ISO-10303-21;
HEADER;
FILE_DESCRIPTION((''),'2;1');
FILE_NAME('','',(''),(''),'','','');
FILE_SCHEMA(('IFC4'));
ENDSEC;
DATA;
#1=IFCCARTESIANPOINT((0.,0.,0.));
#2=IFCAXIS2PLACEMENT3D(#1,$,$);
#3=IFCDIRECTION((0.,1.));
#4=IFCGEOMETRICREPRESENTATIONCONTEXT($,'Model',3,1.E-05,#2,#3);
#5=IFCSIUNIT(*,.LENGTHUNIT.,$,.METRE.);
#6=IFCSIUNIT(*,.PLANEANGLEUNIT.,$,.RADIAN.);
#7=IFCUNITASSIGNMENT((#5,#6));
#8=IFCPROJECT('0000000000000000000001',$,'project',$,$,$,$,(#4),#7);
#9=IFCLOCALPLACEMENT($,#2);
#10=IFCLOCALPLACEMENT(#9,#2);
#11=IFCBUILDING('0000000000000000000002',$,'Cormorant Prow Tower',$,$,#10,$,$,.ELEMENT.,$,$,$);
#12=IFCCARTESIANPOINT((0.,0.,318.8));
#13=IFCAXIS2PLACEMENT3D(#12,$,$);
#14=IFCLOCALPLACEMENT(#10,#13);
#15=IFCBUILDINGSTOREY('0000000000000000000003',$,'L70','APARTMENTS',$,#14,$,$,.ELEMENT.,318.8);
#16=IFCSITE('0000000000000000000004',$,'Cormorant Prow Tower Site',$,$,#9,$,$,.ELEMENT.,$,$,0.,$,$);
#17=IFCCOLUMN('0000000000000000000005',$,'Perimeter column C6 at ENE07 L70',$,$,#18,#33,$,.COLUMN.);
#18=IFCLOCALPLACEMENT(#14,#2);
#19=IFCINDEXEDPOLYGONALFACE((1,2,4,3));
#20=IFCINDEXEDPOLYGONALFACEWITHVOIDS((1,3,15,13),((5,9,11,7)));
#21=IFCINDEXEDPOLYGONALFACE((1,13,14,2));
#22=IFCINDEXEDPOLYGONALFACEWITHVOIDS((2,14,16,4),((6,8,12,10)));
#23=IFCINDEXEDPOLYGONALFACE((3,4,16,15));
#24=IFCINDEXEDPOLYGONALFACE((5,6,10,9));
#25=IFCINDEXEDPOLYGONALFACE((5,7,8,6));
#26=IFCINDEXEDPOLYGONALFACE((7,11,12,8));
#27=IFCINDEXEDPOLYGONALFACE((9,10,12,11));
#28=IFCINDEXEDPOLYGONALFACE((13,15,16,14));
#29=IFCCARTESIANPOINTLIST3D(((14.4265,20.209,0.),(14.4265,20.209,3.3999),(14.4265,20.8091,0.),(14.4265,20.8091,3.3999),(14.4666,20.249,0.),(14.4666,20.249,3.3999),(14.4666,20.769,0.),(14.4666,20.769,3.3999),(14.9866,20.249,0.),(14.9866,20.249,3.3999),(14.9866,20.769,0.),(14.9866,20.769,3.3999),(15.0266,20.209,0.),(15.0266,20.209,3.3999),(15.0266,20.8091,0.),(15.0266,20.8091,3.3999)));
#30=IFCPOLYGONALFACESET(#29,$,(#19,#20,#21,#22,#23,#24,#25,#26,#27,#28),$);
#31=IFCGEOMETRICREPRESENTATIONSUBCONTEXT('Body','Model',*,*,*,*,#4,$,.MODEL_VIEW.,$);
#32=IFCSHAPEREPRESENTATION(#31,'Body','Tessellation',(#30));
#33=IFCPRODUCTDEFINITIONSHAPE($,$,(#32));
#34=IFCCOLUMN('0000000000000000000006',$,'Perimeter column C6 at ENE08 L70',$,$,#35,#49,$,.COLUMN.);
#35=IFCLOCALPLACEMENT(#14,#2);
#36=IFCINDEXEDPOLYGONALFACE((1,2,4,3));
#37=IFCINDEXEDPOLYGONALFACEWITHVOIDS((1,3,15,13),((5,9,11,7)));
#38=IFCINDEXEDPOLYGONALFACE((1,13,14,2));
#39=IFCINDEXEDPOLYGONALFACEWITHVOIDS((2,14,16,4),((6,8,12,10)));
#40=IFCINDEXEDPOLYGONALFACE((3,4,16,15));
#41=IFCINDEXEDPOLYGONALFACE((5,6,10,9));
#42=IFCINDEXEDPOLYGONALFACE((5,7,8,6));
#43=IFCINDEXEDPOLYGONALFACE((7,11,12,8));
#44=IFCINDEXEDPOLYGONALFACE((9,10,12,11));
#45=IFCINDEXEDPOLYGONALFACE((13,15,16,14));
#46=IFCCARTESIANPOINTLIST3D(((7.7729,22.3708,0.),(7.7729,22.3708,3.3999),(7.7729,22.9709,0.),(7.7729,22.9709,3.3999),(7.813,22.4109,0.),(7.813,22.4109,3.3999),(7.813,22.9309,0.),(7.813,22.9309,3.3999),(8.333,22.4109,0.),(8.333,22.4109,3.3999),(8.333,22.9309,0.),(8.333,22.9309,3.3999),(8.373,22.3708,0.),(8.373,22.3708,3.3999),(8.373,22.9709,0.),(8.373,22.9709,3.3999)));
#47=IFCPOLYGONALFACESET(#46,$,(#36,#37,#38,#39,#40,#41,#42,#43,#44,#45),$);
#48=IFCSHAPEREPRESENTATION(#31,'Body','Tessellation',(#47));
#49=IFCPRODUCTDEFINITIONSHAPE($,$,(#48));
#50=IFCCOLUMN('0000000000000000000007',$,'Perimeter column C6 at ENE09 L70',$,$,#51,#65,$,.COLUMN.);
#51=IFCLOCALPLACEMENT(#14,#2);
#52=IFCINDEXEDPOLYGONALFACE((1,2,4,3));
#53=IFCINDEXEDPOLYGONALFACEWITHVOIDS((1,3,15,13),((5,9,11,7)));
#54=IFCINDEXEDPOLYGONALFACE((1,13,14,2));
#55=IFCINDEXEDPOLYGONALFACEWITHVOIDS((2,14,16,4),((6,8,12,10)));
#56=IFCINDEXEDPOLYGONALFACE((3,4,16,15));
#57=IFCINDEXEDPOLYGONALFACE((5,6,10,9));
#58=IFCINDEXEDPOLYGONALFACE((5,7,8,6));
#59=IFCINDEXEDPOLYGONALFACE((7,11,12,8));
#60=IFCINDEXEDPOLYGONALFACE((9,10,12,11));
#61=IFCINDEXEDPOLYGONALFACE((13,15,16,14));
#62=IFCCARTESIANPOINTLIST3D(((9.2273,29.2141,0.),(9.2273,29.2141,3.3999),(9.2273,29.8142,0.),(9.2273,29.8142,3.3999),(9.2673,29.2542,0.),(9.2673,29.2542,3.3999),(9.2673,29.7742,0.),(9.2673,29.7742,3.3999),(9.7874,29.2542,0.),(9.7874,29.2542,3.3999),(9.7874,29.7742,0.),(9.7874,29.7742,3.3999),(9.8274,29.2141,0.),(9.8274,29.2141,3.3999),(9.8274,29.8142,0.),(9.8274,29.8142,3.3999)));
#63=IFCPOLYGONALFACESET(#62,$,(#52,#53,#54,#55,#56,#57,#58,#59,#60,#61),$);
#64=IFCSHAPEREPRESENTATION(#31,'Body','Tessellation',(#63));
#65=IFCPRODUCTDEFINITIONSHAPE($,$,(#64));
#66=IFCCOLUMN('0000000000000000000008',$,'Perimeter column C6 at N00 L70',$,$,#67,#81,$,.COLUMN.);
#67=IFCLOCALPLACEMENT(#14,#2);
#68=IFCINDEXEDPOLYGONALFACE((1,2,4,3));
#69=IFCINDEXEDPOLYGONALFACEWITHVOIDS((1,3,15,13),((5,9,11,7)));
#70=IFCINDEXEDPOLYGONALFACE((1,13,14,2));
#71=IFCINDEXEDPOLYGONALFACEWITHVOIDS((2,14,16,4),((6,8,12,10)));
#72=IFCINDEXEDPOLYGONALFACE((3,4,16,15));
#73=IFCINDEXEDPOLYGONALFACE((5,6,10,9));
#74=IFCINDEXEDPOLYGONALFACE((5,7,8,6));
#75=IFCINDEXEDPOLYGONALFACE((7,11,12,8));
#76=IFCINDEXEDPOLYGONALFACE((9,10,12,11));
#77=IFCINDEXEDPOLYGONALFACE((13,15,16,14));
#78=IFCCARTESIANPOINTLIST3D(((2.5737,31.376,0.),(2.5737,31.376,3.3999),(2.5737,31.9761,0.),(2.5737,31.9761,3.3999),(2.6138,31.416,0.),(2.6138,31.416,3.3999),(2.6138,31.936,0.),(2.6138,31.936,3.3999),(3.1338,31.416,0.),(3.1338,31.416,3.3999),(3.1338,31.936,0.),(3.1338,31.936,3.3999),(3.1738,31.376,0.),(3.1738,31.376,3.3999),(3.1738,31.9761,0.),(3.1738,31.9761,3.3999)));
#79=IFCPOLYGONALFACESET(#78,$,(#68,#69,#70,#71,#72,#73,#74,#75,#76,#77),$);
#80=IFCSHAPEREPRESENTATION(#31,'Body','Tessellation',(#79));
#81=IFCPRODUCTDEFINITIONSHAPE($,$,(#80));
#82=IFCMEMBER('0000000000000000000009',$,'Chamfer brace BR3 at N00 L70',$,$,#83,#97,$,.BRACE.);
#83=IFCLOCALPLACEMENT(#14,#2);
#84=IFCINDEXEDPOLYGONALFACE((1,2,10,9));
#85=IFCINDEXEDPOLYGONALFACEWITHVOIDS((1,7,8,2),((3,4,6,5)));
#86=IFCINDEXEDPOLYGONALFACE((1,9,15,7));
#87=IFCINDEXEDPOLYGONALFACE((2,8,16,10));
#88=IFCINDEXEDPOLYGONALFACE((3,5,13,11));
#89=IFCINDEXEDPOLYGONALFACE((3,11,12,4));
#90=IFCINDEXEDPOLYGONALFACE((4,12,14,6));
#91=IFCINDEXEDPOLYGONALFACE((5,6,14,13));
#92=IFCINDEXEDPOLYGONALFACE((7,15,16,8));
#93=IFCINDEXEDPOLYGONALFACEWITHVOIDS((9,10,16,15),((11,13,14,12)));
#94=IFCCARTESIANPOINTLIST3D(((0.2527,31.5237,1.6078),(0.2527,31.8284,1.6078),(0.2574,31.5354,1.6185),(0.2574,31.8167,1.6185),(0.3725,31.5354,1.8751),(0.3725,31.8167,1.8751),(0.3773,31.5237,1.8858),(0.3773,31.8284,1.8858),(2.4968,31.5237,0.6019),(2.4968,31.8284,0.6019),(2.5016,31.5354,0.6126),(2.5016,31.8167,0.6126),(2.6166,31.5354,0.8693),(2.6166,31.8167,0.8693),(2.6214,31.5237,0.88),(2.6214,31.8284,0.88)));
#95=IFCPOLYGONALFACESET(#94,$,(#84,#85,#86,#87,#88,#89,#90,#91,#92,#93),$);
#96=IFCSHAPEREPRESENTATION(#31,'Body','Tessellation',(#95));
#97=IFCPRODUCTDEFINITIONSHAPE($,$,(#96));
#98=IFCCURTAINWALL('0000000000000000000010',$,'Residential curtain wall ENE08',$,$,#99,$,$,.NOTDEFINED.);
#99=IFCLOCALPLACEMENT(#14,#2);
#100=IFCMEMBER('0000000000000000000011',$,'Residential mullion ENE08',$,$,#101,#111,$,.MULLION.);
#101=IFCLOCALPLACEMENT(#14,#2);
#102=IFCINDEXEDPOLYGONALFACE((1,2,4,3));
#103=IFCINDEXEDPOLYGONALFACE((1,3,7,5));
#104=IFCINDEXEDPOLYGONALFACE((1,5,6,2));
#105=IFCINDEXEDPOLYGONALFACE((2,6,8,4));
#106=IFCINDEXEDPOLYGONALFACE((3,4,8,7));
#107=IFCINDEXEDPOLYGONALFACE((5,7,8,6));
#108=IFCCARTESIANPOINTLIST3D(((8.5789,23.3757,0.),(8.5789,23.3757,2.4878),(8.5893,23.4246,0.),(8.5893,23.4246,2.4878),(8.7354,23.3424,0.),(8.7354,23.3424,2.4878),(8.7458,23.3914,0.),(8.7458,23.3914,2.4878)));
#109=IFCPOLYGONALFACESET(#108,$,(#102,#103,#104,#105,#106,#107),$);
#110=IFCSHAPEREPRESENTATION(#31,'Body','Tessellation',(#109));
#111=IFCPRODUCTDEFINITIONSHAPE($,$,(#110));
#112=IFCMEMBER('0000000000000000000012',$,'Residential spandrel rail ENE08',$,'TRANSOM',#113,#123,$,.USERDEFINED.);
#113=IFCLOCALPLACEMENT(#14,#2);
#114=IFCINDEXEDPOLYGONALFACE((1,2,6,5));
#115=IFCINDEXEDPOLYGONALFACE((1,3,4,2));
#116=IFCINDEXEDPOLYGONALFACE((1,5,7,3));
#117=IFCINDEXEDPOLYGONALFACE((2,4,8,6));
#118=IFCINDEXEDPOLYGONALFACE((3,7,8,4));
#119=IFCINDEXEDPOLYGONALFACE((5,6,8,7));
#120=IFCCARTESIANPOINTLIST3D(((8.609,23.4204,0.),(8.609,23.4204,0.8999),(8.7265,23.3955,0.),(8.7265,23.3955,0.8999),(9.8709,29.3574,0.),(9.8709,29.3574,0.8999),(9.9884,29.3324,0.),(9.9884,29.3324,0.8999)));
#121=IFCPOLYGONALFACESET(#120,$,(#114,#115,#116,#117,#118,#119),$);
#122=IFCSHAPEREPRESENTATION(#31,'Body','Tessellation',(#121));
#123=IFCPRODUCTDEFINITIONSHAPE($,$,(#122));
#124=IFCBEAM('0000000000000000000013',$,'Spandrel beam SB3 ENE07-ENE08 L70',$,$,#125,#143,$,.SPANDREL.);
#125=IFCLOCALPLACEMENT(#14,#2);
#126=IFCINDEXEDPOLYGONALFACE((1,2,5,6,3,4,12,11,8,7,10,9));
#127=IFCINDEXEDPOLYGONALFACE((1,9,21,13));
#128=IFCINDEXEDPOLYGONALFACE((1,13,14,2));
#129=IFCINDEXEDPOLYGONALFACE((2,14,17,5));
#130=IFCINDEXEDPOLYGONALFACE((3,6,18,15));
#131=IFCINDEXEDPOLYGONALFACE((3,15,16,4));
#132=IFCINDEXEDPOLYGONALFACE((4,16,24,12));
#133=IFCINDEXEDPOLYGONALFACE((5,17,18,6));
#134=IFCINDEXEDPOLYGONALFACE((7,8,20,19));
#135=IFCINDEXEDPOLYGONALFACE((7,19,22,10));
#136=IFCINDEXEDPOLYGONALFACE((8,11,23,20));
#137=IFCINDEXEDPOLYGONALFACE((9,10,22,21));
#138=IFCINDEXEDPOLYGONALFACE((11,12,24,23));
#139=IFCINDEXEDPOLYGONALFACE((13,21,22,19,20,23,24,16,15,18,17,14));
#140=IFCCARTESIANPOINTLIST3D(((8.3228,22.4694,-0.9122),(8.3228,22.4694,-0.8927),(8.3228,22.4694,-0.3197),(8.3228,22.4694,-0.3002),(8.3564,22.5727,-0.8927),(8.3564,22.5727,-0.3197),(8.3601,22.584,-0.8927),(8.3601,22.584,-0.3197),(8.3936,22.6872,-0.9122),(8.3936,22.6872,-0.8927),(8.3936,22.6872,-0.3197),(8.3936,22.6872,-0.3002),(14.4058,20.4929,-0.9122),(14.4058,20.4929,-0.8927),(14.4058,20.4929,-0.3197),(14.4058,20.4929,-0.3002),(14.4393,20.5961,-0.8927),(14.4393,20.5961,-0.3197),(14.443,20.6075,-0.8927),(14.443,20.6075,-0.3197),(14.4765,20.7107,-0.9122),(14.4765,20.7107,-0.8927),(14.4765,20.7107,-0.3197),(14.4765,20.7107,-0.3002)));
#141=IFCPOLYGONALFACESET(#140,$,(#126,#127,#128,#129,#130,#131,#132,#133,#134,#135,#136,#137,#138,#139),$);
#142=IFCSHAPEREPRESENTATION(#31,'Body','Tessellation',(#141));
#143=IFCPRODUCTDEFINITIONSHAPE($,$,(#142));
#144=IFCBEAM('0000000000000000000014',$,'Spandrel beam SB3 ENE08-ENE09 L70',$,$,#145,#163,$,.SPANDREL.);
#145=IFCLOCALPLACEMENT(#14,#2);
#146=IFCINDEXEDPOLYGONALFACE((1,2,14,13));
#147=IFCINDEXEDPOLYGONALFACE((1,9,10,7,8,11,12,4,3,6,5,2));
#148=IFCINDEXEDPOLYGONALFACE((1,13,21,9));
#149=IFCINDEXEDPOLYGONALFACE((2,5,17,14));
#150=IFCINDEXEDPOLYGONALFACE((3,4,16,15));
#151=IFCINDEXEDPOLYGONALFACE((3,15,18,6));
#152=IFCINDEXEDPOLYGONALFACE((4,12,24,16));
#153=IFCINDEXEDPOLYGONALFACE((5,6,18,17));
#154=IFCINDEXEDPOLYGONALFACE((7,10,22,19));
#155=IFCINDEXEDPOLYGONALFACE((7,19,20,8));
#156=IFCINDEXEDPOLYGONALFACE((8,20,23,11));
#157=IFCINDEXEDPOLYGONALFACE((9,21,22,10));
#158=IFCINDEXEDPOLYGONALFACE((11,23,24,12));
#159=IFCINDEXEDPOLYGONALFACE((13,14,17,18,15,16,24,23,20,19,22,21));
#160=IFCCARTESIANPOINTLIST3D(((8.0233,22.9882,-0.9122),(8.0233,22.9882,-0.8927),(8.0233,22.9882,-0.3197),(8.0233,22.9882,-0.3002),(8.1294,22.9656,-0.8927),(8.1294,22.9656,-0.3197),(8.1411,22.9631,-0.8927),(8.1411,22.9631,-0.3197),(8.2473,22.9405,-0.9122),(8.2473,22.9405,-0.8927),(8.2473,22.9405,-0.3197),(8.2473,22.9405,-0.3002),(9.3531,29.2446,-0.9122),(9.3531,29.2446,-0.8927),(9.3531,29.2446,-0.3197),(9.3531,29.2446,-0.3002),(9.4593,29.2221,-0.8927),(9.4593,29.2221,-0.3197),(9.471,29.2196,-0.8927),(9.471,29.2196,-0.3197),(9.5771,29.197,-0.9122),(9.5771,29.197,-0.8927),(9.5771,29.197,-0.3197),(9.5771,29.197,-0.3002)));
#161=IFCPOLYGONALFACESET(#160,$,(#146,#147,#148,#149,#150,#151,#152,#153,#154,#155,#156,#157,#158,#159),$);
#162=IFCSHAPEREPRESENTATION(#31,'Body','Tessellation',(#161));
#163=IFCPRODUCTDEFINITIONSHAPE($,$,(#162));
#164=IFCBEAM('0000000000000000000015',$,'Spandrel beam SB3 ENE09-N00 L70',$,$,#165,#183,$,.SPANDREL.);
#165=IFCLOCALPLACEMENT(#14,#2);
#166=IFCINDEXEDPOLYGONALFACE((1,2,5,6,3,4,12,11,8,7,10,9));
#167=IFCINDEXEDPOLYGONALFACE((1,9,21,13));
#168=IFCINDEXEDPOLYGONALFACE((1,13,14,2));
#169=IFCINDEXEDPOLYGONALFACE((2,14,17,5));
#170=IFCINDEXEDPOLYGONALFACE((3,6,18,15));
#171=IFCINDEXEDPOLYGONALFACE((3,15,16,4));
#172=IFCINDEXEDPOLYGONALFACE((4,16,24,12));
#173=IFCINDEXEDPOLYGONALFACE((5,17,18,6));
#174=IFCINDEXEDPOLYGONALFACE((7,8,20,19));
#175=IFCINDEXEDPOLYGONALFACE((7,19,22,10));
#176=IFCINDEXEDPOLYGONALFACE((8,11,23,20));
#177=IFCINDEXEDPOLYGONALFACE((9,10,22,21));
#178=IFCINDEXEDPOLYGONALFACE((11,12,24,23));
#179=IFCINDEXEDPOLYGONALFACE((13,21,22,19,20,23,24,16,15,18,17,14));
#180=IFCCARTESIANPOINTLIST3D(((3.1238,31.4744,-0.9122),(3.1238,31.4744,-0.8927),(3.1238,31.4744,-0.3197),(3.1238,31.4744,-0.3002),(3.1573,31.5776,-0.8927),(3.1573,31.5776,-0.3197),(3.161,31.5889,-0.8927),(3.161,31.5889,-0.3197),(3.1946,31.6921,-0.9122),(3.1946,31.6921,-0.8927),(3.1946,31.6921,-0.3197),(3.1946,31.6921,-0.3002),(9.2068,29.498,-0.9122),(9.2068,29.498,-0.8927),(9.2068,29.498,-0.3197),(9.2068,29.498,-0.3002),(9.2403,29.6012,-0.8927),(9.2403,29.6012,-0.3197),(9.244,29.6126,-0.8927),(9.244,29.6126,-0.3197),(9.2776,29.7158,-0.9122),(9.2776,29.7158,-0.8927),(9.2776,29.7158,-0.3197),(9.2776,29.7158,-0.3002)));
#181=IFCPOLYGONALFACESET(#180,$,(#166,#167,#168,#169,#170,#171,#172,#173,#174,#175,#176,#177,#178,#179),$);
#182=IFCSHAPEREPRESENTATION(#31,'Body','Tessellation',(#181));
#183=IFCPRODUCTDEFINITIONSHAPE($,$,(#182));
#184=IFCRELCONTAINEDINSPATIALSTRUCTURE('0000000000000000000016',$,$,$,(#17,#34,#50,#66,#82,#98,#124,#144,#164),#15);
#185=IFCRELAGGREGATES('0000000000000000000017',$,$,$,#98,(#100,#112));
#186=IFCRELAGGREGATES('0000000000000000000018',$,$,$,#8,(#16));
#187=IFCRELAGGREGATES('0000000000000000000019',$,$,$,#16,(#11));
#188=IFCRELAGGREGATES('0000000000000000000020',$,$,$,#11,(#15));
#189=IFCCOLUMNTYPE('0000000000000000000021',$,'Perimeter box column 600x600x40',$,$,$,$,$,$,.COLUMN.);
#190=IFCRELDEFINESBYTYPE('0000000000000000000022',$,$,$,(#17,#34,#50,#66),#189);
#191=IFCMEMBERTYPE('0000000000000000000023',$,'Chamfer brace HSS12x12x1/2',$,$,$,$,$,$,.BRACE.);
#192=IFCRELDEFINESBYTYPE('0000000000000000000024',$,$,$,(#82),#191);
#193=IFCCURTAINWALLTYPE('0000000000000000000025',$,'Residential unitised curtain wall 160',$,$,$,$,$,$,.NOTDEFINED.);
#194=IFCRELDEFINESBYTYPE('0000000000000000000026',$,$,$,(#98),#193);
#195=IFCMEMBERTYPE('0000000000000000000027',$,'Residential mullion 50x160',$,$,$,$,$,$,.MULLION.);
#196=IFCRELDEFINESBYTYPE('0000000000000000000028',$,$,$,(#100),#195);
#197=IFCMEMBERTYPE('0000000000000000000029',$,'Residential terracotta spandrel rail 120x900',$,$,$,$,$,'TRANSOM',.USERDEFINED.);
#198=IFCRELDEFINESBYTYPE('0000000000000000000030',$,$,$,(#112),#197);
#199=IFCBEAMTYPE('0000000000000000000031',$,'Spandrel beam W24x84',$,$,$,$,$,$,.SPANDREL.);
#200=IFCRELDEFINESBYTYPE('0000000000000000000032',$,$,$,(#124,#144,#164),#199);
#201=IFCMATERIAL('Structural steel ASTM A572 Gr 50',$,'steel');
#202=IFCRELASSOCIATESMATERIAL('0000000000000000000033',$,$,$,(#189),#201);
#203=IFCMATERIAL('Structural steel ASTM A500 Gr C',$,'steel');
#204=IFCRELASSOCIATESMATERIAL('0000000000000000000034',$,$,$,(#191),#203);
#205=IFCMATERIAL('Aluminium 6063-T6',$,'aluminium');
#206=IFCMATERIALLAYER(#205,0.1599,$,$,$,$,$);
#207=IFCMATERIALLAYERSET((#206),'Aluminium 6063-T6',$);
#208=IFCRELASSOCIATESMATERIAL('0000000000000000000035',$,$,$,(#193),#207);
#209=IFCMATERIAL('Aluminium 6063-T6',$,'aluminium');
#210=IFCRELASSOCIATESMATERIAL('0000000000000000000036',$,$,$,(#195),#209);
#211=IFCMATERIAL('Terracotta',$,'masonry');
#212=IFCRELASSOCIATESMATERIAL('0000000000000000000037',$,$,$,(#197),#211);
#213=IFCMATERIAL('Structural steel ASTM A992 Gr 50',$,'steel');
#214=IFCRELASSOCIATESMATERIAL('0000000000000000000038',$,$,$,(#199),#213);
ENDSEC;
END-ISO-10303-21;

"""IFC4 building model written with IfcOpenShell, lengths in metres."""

from ifc_helpers import new_model, si_unit, direction, frame, origin, origin_2d, place, context, subcontext, project, spatial, rectangle, hollow_rectangle, i_section, extrude, material, layer, layer_set, material_profile, profile_set, type_object, element, aggregate, save


model = new_model("IFC4")

# Units and contexts
model_context = context("Model", 3, precision=1e-05, world=origin(), true_north=direction((0.0, 1.0)))
body_context = subcontext(model_context, "Body", "Model", "MODEL_VIEW")
ifc_project = project(units=[si_unit("LENGTHUNIT", "METRE"), si_unit("PLANEANGLEUNIT", "RADIAN")], contexts=[model_context])

# Site, building, storey
site_placement = place(None, origin())
site = spatial("IfcSite", under=ifc_project, at=site_placement, Name="Cormorant Prow Tower Site", CompositionType="ELEMENT", RefElevation=0.0)
building_placement = place(site_placement, origin())
building = spatial("IfcBuilding", under=site, at=building_placement, Name="Cormorant Prow Tower", CompositionType="ELEMENT")
storey_placement = place(building_placement, frame((0.0, 0.0, 318.8)))
storey = spatial("IfcBuildingStorey", under=building, at=storey_placement, Name="L70", Description="APARTMENTS", CompositionType="ELEMENT", Elevation=318.8)

# Columns
ifc_material_1 = material(Name="Structural steel ASTM A572 Gr 50", Category="steel")
ifc_material_profile_1 = material_profile(ifc_material_1, hollow_rectangle(XDim=0.6001, YDim=0.6001, WallThickness=0.04, at=origin_2d()), Name="Box 600x600x40")
ifc_profile_set_1 = profile_set([ifc_material_profile_1], Name="Structural steel ASTM A572 Gr 50")
column_type = type_object("IfcColumnType", Name="Perimeter box column 600x600x40", PredefinedType="COLUMN", material=ifc_profile_set_1)
for number, where, z_axis, x_axis, name in (
    (1, (14.7266, 20.509, 0.0), (0.0, 0.0, 1.0), (1.0, 0.0, 0.0), "Perimeter column C6 at ENE07 L70"),
    (2, (8.073, 22.6709, 0.0), (0.0, 0.0, 1.0), (1.0, 0.0, 0.0), "Perimeter column C6 at ENE08 L70"),
    (3, (9.5273, 29.5142, 0.0), (0.0, 0.0, 1.0), (1.0, 0.0, 0.0), "Perimeter column C6 at ENE09 L70"),
    (4, (2.8738, 31.676, 0.0), (0.0, 0.0, 1.0), (1.0, 0.0, 0.0), "Perimeter column C6 at N00 L70"),
):
    element("IfcColumn", number, at=place(storey_placement, frame(where, z_axis=z_axis, x_axis=x_axis)), inside=storey, type_object=column_type, Name=name, PredefinedType="COLUMN", context=body_context, shape_type="SweptSolid", body=[
        extrude(hollow_rectangle(XDim=0.6001, YDim=0.6001, WallThickness=0.04, at=origin_2d()), origin(), (0.0, 0.0, 1.0), 3.3999),
    ])

# Member
ifc_material_2 = material(Name="Structural steel ASTM A500 Gr C", Category="steel")
ifc_material_profile_2 = material_profile(ifc_material_2, hollow_rectangle(XDim=0.3047, YDim=0.3047, WallThickness=0.0117, at=origin_2d()), Name="HSS12x12x1/2")
ifc_profile_set_2 = profile_set([ifc_material_profile_2], Name="Structural steel ASTM A500 Gr C")
member_type_1 = type_object("IfcMemberType", Name="Chamfer brace HSS12x12x1/2", PredefinedType="BRACE", material=ifc_profile_set_2)
member_1_placement = place(storey_placement, frame((2.5591, 31.676, 0.741), z_axis=(-0.91253, 0.0, 0.40901), x_axis=(0.0, -1.0, 0.0)))
element("IfcMember", 5, at=member_1_placement, inside=storey, type_object=member_type_1, Name="Chamfer brace BR3 at N00 L70", PredefinedType="BRACE", context=body_context, shape_type="SweptSolid", body=[
    extrude(hollow_rectangle(XDim=0.3047, YDim=0.3047, WallThickness=0.0117, at=origin_2d()), origin(), (0.0, 0.0, 1.0), 2.4592),
])

# Curtain wall, members
ifc_material_3 = material(Name="Aluminium 6063-T6", Category="aluminium")
ifc_layer_1 = layer(ifc_material_3, 0.1599)
ifc_layer_set_1 = layer_set([ifc_layer_1], Name="Aluminium 6063-T6")
curtain_wall_type = type_object("IfcCurtainWallType", Name="Residential unitised curtain wall 160", PredefinedType="NOTDEFINED", material=ifc_layer_set_1)
curtain_wall_1_placement = place(storey_placement, origin())
curtain_wall_1 = element("IfcCurtainWall", 6, at=curtain_wall_1_placement, inside=storey, type_object=curtain_wall_type, Name="Residential curtain wall ENE08", PredefinedType="NOTDEFINED")
ifc_material_4 = material(Name="Aluminium 6063-T6", Category="aluminium")
ifc_material_profile_3 = material_profile(ifc_material_4, rectangle(XDim=0.1599, YDim=0.05, at=origin_2d()), Name="Residential mullion 50x160")
ifc_profile_set_3 = profile_set([ifc_material_profile_3], Name="Aluminium 6063-T6")
member_type_2 = type_object("IfcMemberType", Name="Residential mullion 50x160", PredefinedType="MULLION", material=ifc_profile_set_3)
member_2_placement = place(storey_placement, frame((8.6624, 23.3835, 0.0), z_axis=(0.0, 0.0, 1.0), x_axis=(-0.978148, 0.207912, 0.0)))
member_2 = element("IfcMember", 7, at=member_2_placement, type_object=member_type_2, Name="Residential mullion ENE08", PredefinedType="MULLION", context=body_context, shape_type="SweptSolid", body=[
    extrude(rectangle(XDim=0.1599, YDim=0.05, at=origin_2d()), origin(), (0.0, 0.0, 1.0), 2.4878),
])
ifc_material_5 = material(Name="Terracotta", Category="masonry")
ifc_material_profile_4 = material_profile(ifc_material_5, rectangle(XDim=0.1201, YDim=0.8999, at=origin_2d()), Name="Residential terracotta spandrel rail 120x900")
ifc_profile_set_4 = profile_set([ifc_material_profile_4], Name="Terracotta")
member_type_3 = type_object("IfcMemberType", Name="Residential terracotta spandrel rail 120x900", ElementType="TRANSOM", PredefinedType="USERDEFINED", material=ifc_profile_set_4)
member_3_placement = place(storey_placement, frame((8.6677, 23.408, 0.45), z_axis=(0.207914, 0.978147, 0.0), x_axis=(-0.978147, 0.207914, 0.0)))
member_3 = element("IfcMember", 8, at=member_3_placement, type_object=member_type_3, Name="Residential spandrel rail ENE08", ObjectType="TRANSOM", PredefinedType="USERDEFINED", context=body_context, shape_type="SweptSolid", body=[
    extrude(rectangle(XDim=0.1201, YDim=0.8999, at=origin_2d()), origin(), (0.0, 0.0, 1.0), 6.0696),
])

# Beams
ifc_material_6 = material(Name="Structural steel ASTM A992 Gr 50", Category="steel")
ifc_material_profile_5 = material_profile(ifc_material_6, i_section(OverallWidth=0.229, OverallDepth=0.6121, WebThickness=0.012, FlangeThickness=0.0195, at=origin_2d()), Name="W24x84")
ifc_profile_set_5 = profile_set([ifc_material_profile_5], Name="Structural steel ASTM A992 Gr 50")
beam_type = type_object("IfcBeamType", Name="Spandrel beam W24x84", PredefinedType="SPANDREL", material=ifc_profile_set_5)
beam_1_placement = place(storey_placement, frame((14.4412, 20.6018, -0.6062), z_axis=(-0.951053, 0.309027, 0.0), x_axis=(-0.309027, -0.951053, 0.0)))
element("IfcBeam", 9, at=beam_1_placement, inside=storey, type_object=beam_type, Name="Spandrel beam SB3 ENE07-ENE08 L70", PredefinedType="SPANDREL", context=body_context, shape_type="SweptSolid", body=[
    extrude(i_section(OverallWidth=0.229, OverallDepth=0.6121, WebThickness=0.012, FlangeThickness=0.0195, at=origin_2d()), origin(), (0.0, 0.0, 1.0), 6.396),
])
beam_2_placement = place(storey_placement, frame((8.1353, 22.9644, -0.6062), z_axis=(0.207913, 0.978147, 0.0), x_axis=(-0.978147, 0.207913, 0.0)))
element("IfcBeam", 10, at=beam_2_placement, inside=storey, type_object=beam_type, Name="Spandrel beam SB3 ENE08-ENE09 L70", PredefinedType="SPANDREL", context=body_context, shape_type="SweptSolid", body=[
    extrude(i_section(OverallWidth=0.229, OverallDepth=0.6121, WebThickness=0.012, FlangeThickness=0.0195, at=origin_2d()), origin(), (0.0, 0.0, 1.0), 6.3962),
])
beam_3_placement = place(storey_placement, frame((9.2422, 29.6069, -0.6062), z_axis=(-0.951064, 0.308993, 0.0), x_axis=(-0.308993, -0.951064, 0.0)))
element("IfcBeam", 11, at=beam_3_placement, inside=storey, type_object=beam_type, Name="Spandrel beam SB3 ENE09-N00 L70", PredefinedType="SPANDREL", context=body_context, shape_type="SweptSolid", body=[
    extrude(i_section(OverallWidth=0.229, OverallDepth=0.6121, WebThickness=0.012, FlangeThickness=0.0195, at=origin_2d()), origin(), (0.0, 0.0, 1.0), 6.396),
])

aggregate(curtain_wall_1, [member_2, member_3])

save(model, "model.ifc")
